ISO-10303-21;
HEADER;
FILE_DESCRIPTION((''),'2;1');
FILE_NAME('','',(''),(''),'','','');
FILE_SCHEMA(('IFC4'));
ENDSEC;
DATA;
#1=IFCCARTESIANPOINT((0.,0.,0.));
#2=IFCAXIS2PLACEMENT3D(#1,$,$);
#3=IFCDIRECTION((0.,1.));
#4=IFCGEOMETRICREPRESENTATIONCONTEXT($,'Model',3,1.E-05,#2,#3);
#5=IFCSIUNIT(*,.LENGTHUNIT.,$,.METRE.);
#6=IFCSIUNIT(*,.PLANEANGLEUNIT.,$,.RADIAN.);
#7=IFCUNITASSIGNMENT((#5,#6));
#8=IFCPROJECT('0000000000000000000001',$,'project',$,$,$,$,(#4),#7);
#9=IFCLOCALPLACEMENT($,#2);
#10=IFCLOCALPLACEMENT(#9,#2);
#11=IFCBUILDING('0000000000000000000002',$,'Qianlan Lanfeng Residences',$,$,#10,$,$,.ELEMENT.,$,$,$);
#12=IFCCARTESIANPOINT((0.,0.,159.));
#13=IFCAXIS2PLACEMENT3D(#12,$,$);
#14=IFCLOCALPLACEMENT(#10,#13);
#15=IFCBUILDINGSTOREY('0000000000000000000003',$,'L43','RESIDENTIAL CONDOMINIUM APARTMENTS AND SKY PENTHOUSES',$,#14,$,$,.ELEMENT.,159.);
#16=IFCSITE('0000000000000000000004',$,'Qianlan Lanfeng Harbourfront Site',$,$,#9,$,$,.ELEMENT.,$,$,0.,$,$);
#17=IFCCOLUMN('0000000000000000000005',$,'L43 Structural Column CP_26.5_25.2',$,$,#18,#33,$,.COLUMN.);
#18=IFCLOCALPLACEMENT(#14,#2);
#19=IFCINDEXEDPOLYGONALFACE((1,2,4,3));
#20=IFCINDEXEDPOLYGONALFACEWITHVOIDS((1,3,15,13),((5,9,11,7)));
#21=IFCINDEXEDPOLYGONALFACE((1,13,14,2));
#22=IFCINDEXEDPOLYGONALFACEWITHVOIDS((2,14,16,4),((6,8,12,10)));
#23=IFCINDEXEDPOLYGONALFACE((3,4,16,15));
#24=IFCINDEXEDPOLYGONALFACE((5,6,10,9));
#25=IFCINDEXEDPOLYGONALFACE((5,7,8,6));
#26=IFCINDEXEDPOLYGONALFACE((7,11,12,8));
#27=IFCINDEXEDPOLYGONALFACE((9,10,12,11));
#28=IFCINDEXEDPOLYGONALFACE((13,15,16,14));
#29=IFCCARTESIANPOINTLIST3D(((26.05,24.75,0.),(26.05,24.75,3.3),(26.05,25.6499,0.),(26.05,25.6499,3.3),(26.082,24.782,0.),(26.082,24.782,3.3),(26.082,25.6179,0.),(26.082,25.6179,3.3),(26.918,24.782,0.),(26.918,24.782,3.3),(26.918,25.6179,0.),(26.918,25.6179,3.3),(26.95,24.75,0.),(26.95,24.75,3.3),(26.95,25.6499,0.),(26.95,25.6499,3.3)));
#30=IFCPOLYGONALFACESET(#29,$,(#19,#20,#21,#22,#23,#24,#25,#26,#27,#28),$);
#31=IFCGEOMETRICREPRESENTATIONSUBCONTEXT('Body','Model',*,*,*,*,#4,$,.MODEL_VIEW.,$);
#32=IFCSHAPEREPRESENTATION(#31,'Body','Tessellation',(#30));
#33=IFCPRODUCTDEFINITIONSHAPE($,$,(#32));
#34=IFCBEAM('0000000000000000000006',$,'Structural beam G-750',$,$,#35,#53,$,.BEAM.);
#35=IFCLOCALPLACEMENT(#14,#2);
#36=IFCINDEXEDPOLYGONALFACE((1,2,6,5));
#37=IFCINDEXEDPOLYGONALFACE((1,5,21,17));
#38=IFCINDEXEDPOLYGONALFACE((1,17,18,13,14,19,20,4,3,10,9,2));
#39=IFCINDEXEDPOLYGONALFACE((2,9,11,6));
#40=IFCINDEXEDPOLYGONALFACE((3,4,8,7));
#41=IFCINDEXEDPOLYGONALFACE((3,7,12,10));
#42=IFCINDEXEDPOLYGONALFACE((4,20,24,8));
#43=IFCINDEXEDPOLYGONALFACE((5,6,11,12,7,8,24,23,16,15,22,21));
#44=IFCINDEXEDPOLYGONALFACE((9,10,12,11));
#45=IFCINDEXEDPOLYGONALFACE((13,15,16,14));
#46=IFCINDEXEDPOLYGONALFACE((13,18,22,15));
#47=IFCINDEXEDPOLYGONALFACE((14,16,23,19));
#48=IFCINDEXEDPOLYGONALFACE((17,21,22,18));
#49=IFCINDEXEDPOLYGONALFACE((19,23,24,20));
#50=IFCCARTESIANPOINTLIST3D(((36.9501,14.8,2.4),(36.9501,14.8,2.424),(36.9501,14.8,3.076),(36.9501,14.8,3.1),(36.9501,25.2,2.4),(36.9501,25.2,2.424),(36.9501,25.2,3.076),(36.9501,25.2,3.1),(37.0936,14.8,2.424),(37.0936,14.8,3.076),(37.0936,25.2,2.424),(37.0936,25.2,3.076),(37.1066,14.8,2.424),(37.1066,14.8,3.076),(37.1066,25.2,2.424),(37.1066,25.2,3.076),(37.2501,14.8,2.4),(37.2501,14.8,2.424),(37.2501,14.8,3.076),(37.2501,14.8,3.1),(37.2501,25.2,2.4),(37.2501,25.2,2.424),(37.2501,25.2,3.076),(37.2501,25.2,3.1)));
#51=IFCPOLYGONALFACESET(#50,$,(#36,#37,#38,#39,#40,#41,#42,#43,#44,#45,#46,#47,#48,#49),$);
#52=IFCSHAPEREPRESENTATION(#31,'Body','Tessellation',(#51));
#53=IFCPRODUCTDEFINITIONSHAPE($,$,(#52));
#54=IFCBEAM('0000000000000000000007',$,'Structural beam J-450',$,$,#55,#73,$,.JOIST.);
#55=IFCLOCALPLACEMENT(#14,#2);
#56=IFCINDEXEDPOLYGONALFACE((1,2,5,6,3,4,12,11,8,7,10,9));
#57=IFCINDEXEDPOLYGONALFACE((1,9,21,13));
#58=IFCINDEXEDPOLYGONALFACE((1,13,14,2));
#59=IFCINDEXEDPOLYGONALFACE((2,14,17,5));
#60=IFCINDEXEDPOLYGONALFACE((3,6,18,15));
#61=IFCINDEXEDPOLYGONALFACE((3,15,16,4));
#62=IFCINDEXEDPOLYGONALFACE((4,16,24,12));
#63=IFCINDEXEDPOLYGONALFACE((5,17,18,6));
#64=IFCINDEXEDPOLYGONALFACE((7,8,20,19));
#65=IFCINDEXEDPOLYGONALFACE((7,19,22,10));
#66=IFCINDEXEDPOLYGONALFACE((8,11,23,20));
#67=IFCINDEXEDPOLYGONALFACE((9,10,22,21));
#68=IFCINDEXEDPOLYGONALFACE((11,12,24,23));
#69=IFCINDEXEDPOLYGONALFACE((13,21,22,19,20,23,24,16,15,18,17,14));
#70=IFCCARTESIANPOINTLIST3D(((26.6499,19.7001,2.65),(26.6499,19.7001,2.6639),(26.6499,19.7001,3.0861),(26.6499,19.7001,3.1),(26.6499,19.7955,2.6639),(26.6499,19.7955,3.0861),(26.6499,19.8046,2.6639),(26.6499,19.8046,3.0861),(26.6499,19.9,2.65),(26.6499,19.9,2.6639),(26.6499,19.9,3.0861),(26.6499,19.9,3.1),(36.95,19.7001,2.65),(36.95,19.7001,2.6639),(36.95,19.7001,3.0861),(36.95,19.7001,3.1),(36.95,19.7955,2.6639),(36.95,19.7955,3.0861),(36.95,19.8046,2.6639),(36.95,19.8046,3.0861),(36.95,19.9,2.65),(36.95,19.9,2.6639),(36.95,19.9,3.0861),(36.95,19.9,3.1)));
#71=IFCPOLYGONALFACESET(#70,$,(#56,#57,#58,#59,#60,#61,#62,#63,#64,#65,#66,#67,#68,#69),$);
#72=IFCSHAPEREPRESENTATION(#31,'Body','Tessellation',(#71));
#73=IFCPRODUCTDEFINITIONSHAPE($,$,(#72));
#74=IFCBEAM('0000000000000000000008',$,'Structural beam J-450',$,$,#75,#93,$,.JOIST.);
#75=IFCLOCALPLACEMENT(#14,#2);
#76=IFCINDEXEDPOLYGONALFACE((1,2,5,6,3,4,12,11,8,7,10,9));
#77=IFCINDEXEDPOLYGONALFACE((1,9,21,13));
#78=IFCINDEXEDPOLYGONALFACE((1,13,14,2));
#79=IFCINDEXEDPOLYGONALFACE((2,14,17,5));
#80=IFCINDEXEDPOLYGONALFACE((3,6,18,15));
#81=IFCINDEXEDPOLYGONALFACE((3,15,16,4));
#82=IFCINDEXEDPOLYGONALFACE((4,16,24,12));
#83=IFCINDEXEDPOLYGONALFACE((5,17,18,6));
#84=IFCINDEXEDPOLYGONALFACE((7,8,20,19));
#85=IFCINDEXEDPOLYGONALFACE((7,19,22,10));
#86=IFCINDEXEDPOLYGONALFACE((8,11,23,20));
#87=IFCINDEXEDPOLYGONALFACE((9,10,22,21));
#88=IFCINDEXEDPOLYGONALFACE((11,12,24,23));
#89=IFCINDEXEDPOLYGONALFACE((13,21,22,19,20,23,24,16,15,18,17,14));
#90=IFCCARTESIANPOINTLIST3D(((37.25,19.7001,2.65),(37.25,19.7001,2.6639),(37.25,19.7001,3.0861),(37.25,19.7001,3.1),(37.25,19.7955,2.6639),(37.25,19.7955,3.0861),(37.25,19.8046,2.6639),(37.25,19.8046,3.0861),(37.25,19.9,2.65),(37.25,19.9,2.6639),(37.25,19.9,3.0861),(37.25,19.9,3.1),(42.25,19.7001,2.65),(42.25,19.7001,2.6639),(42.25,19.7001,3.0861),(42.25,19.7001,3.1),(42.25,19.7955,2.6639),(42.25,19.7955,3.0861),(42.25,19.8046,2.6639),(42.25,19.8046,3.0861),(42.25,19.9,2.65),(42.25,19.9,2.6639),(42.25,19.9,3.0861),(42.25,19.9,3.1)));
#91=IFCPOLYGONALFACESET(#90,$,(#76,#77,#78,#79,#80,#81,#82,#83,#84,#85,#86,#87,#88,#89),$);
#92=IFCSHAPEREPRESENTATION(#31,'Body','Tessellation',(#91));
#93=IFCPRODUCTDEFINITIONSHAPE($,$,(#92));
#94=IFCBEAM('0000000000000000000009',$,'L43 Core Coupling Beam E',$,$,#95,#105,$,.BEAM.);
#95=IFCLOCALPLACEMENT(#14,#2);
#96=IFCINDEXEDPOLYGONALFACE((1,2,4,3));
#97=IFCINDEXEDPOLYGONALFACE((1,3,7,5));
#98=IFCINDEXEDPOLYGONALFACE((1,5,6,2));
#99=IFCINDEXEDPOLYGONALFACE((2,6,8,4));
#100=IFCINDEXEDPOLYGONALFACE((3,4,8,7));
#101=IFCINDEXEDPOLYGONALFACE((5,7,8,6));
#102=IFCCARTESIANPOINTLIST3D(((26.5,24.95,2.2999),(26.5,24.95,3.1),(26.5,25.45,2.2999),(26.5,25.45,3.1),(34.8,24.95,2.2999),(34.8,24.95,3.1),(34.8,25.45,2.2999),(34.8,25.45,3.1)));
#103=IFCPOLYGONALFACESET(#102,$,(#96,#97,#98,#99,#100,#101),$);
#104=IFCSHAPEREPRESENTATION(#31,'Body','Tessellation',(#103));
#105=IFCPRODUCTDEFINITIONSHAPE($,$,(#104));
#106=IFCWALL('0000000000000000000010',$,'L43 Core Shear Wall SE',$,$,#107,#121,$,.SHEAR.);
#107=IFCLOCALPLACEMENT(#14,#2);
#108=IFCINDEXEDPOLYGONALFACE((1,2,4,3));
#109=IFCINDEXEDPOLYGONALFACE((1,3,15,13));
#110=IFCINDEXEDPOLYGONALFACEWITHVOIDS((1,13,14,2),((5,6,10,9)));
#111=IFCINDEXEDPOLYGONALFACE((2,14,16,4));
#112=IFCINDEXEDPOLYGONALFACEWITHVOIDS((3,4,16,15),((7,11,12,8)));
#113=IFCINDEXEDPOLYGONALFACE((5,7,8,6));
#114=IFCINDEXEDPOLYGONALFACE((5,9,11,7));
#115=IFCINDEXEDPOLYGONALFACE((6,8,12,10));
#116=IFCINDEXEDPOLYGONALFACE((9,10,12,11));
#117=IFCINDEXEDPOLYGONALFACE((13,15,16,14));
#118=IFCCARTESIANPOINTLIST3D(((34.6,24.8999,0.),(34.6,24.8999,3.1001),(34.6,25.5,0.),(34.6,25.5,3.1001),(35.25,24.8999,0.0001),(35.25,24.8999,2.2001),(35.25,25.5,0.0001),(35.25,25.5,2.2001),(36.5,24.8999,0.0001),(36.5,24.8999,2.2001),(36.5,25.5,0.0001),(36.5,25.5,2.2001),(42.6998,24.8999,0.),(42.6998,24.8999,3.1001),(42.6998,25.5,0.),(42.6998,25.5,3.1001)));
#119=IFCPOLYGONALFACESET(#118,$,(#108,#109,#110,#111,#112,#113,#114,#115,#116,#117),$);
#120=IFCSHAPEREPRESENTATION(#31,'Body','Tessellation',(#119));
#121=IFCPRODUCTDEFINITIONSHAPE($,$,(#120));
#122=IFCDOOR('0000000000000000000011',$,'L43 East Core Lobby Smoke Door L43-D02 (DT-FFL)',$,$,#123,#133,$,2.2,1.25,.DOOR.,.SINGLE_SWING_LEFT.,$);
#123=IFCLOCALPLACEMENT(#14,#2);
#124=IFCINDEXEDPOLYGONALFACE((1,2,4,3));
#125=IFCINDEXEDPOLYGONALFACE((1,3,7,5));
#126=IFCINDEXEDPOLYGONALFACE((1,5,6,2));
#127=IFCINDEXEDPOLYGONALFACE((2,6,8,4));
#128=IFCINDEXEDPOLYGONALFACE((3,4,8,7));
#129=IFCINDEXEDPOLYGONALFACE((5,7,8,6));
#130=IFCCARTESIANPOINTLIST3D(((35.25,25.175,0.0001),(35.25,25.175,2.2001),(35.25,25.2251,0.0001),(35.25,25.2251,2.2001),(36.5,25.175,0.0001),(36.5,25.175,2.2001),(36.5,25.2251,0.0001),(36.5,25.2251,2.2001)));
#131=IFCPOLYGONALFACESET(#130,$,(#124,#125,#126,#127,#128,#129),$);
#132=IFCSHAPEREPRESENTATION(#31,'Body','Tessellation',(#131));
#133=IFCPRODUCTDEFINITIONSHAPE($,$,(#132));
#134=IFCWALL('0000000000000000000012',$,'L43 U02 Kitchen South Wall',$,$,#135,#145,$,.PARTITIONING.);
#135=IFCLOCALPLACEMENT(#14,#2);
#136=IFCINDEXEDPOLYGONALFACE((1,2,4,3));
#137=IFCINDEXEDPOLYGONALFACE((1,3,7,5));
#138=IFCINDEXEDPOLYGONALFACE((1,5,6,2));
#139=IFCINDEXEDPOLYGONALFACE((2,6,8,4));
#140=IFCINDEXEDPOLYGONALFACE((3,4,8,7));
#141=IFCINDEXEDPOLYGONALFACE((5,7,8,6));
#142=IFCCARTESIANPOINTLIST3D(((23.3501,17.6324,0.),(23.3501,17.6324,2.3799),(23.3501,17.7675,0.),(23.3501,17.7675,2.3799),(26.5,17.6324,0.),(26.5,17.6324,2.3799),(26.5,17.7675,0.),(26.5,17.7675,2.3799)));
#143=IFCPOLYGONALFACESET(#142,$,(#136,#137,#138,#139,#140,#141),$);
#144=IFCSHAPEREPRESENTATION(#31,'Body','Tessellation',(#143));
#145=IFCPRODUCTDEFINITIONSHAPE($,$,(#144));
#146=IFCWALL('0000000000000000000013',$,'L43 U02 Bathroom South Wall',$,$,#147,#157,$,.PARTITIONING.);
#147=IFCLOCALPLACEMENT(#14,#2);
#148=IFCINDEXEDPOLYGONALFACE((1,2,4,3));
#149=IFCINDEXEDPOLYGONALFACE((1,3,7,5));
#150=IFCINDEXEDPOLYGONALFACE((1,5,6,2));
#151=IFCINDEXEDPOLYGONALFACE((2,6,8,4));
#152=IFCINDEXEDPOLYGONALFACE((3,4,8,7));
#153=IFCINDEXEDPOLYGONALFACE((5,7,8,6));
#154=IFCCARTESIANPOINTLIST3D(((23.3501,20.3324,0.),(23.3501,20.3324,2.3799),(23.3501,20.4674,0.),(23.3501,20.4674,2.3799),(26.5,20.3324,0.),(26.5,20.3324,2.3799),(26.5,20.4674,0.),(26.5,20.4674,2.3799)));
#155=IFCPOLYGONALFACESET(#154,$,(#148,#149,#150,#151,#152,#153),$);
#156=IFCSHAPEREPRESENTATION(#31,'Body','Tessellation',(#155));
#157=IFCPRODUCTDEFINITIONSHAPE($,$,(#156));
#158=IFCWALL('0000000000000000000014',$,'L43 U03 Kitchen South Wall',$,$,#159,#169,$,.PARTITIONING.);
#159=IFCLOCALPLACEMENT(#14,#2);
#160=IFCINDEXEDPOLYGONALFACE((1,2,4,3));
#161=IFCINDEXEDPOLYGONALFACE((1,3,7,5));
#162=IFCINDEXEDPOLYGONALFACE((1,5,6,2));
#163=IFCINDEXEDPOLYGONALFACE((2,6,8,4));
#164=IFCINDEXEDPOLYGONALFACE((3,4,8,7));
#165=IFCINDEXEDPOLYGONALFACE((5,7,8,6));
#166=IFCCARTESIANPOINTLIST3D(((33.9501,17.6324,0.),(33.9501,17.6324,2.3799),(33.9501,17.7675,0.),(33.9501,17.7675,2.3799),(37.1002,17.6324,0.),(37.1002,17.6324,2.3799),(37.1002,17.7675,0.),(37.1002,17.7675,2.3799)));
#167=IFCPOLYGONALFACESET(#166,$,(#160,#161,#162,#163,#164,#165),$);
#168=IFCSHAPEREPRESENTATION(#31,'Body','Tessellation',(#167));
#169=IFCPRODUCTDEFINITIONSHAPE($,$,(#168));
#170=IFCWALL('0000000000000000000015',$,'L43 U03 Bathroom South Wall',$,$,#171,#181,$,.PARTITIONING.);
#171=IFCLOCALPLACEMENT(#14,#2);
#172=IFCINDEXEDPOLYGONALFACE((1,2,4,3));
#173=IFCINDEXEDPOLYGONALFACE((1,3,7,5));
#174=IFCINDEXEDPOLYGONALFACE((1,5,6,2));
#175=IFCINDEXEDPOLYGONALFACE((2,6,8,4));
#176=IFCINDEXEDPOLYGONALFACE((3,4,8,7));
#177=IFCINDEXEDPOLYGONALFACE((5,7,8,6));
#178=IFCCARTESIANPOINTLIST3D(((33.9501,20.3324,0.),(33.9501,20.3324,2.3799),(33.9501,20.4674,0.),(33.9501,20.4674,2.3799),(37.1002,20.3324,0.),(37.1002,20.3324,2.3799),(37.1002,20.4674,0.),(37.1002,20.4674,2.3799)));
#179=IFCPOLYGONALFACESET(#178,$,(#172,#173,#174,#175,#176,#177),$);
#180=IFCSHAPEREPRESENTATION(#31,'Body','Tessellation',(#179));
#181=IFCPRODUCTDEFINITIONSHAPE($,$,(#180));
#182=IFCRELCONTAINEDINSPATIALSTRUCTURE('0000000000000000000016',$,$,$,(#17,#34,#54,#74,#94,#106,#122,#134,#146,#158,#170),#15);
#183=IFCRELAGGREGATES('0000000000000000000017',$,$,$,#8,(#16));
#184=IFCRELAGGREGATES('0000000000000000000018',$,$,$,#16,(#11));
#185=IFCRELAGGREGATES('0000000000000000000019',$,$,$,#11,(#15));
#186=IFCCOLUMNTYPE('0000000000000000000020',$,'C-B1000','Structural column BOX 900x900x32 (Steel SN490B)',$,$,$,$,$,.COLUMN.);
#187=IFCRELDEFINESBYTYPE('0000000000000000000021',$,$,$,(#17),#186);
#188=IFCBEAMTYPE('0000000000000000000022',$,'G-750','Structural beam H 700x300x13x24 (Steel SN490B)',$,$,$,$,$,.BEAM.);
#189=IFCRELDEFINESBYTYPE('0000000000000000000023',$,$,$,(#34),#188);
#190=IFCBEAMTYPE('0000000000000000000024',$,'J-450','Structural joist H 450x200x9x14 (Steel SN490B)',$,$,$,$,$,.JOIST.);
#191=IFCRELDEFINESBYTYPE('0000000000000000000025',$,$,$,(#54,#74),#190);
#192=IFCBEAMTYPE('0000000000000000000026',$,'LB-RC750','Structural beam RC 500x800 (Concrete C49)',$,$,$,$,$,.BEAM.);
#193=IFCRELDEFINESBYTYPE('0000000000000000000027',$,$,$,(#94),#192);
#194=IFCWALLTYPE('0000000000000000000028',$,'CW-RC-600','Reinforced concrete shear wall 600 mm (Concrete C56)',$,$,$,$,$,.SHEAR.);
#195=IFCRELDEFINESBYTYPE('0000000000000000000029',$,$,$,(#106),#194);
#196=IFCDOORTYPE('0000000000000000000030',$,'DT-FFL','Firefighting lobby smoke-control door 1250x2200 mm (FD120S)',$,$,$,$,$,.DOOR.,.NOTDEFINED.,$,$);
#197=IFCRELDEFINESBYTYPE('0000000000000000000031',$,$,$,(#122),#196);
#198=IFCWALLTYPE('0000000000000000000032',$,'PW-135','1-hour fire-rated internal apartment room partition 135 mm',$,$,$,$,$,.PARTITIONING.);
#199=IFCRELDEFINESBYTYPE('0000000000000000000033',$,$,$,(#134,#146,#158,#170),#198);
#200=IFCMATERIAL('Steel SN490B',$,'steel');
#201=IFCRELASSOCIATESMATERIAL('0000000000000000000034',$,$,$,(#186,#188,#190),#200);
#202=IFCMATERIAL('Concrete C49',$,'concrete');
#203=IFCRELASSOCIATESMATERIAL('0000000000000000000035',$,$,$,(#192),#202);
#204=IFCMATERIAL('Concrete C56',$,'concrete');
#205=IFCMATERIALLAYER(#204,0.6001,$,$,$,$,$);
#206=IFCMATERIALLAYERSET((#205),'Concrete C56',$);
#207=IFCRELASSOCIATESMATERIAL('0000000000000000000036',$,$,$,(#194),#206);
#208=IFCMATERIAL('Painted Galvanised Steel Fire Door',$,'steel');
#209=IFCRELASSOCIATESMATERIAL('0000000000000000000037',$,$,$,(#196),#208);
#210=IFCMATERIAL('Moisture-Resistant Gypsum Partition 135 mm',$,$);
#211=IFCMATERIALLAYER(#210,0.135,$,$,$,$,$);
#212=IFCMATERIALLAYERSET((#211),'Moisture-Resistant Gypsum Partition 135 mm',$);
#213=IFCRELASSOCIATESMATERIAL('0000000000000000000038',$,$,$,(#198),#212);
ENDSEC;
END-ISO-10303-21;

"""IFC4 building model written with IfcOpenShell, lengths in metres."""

from ifc_helpers import new_model, si_unit, direction, frame, frame_2d, origin, origin_2d, place, context, subcontext, project, spatial, rectangle, hollow_rectangle, i_section, extrude, material, layer, layer_set, material_profile, profile_set, type_object, element, fill, save


model = new_model("IFC4")

# Units and contexts
model_context = context("Model", 3, precision=1e-05, world=origin(), true_north=direction((0.0, 1.0)))
body_context = subcontext(model_context, "Body", "Model", "MODEL_VIEW")
ifc_project = project(units=[si_unit("LENGTHUNIT", "METRE"), si_unit("PLANEANGLEUNIT", "RADIAN")], contexts=[model_context])

# Site, building, storey
site_placement = place(None, origin())
site = spatial("IfcSite", under=ifc_project, at=site_placement, Name="Qianlan Lanfeng Harbourfront Site", CompositionType="ELEMENT", RefElevation=0.0)
building_placement = place(site_placement, origin())
building = spatial("IfcBuilding", under=site, at=building_placement, Name="Qianlan Lanfeng Residences", CompositionType="ELEMENT")
storey_placement = place(building_placement, frame((0.0, 0.0, 159.0)))
storey = spatial("IfcBuildingStorey", under=building, at=storey_placement, Name="L43", Description="RESIDENTIAL CONDOMINIUM APARTMENTS AND SKY PENTHOUSES", CompositionType="ELEMENT", Elevation=159.0)

# Column
ifc_material_1 = material(Name="Steel SN490B", Category="steel")
ifc_material_profile_1 = material_profile(ifc_material_1, hollow_rectangle(XDim=0.8999, YDim=0.8999, WallThickness=0.032, at=origin_2d()), Name="BOX 900x900x32")
ifc_profile_set_1 = profile_set([ifc_material_profile_1], Name="Steel SN490B")
column_type = type_object("IfcColumnType", Name="C-B1000", Description="Structural column BOX 900x900x32 (Steel SN490B)", PredefinedType="COLUMN", material=ifc_profile_set_1)
column_placement = place(storey_placement, frame((26.5, 25.2, 0.0), z_axis=(0.0, 0.0, 1.0), x_axis=(1.0, 0.0, 0.0)))
element("IfcColumn", 1, at=column_placement, inside=storey, type_object=column_type, Name="L43 Structural Column CP_26.5_25.2", PredefinedType="COLUMN", context=body_context, shape_type="SweptSolid", body=[
    extrude(hollow_rectangle(XDim=0.8999, YDim=0.8999, WallThickness=0.032, at=origin_2d()), origin(), (0.0, 0.0, 1.0), 3.3),
])

# Beams
ifc_material_profile_2 = material_profile(ifc_material_1, i_section(OverallWidth=0.3, OverallDepth=0.7, WebThickness=0.0129, FlangeThickness=0.0239, at=origin_2d()), Name="H 700x300x13x24")
ifc_profile_set_2 = profile_set([ifc_material_profile_2], Name="Steel SN490B")
beam_type_1 = type_object("IfcBeamType", Name="G-750", Description="Structural beam H 700x300x13x24 (Steel SN490B)", PredefinedType="BEAM", material=ifc_profile_set_2)
beam_1_placement = place(storey_placement, frame((37.1001, 14.8, 2.75), z_axis=(0.0, 1.0, 0.0), x_axis=(-1.0, 0.0, 0.0)))
element("IfcBeam", 2, at=beam_1_placement, inside=storey, type_object=beam_type_1, Name="Structural beam G-750", PredefinedType="BEAM", context=body_context, shape_type="SweptSolid", body=[
    extrude(i_section(OverallWidth=0.3, OverallDepth=0.7, WebThickness=0.0129, FlangeThickness=0.0239, at=origin_2d()), origin(), (0.0, 0.0, 1.0), 10.3999),
])
ifc_material_profile_3 = material_profile(ifc_material_1, i_section(OverallWidth=0.2, OverallDepth=0.45, WebThickness=0.009, FlangeThickness=0.0139, at=origin_2d()), Name="H 450x200x9x14")
ifc_profile_set_3 = profile_set([ifc_material_profile_3], Name="Steel SN490B")
beam_type_2 = type_object("IfcBeamType", Name="J-450", Description="Structural joist H 450x200x9x14 (Steel SN490B)", PredefinedType="JOIST", material=ifc_profile_set_3)
beam_2_placement = place(storey_placement, frame((26.6499, 19.8, 2.875), z_axis=(1.0, 0.0, 0.0), x_axis=(0.0, 1.0, 0.0)))
element("IfcBeam", 3, at=beam_2_placement, inside=storey, type_object=beam_type_2, Name="Structural beam J-450", PredefinedType="JOIST", context=body_context, shape_type="SweptSolid", body=[
    extrude(i_section(OverallWidth=0.2, OverallDepth=0.45, WebThickness=0.009, FlangeThickness=0.0139, at=origin_2d()), origin(), (0.0, 0.0, 1.0), 10.3),
])
beam_3_placement = place(storey_placement, frame((37.25, 19.8, 2.875), z_axis=(1.0, 0.0, 0.0), x_axis=(0.0, 1.0, 0.0)))
element("IfcBeam", 4, at=beam_3_placement, inside=storey, type_object=beam_type_2, Name="Structural beam J-450", PredefinedType="JOIST", context=body_context, shape_type="SweptSolid", body=[
    extrude(i_section(OverallWidth=0.2, OverallDepth=0.45, WebThickness=0.009, FlangeThickness=0.0139, at=origin_2d()), origin(), (0.0, 0.0, 1.0), 5.0),
])
ifc_material_2 = material(Name="Concrete C49", Category="concrete")
ifc_material_profile_4 = material_profile(ifc_material_2, rectangle(XDim=0.5, YDim=0.8, at=origin_2d()), Name="RC 500x800")
ifc_profile_set_4 = profile_set([ifc_material_profile_4], Name="Concrete C49")
beam_type_3 = type_object("IfcBeamType", Name="LB-RC750", Description="Structural beam RC 500x800 (Concrete C49)", PredefinedType="BEAM", material=ifc_profile_set_4)
beam_4_placement = place(storey_placement, frame((26.5, 25.2, 2.7), z_axis=(1.0, 0.0, 0.0), x_axis=(0.0, 1.0, 0.0)))
element("IfcBeam", 5, at=beam_4_placement, inside=storey, type_object=beam_type_3, Name="L43 Core Coupling Beam E", PredefinedType="BEAM", context=body_context, shape_type="SweptSolid", body=[
    extrude(rectangle(XDim=0.5, YDim=0.8, at=origin_2d()), origin(), (0.0, 0.0, 1.0), 8.3),
])

# Wall, opening, door
ifc_material_3 = material(Name="Concrete C56", Category="concrete")
ifc_layer_1 = layer(ifc_material_3, 0.6001)
ifc_layer_set_1 = layer_set([ifc_layer_1], Name="Concrete C56")
wall_type_1 = type_object("IfcWallType", Name="CW-RC-600", Description="Reinforced concrete shear wall 600 mm (Concrete C56)", PredefinedType="SHEAR", material=ifc_layer_set_1)
wall_1_placement = place(storey_placement, frame((34.6001, 25.2, 0.0), z_axis=(0.0, 0.0, 1.0), x_axis=(1.0, 0.0, 0.0)))
wall_1 = element("IfcWall", 6, at=wall_1_placement, inside=storey, type_object=wall_type_1, Name="L43 Core Shear Wall SE", PredefinedType="SHEAR", context=body_context, shape_type="SweptSolid", body=[
    extrude(rectangle(XDim=8.0999, YDim=0.6001, at=frame_2d((4.0498, 0.0))), origin(), (0.0, 0.0, 1.0), 3.1001),
])
opening_1_placement = place(wall_1_placement, frame((0.6499, 0.0, 0.0)))
opening_1 = element("IfcOpeningElement", 7, at=opening_1_placement, cuts=wall_1, PredefinedType="OPENING", context=body_context, shape_type="SweptSolid", body=[
    extrude(rectangle(XDim=1.25, YDim=2.2, at=frame_2d((0.625, 1.1001))), frame((0.0, 0.3101, 0.0), z_axis=(0.0, -1.0, 0.0), x_axis=(1.0, 0.0, 0.0)), (0.0, 0.0, 1.0), 0.6201),
])
ifc_material_4 = material(Name="Painted Galvanised Steel Fire Door", Category="steel")
door_type_1 = type_object("IfcDoorType", Name="DT-FFL", Description="Firefighting lobby smoke-control door 1250x2200 mm (FD120S)", OperationType="NOTDEFINED", PredefinedType="DOOR", material=ifc_material_4)
door_1_placement = place(opening_1_placement, frame((1.25, 0.0, 0.0), z_axis=(0.0, 0.0, 1.0), x_axis=(-1.0, 0.0, 0.0)))
door_1 = element("IfcDoor", 8, at=door_1_placement, inside=storey, type_object=door_type_1, Name="L43 East Core Lobby Smoke Door L43-D02 (DT-FFL)", OperationType="SINGLE_SWING_LEFT", OverallHeight=2.2, OverallWidth=1.25, PredefinedType="DOOR", context=body_context, shape_type="SweptSolid", body=[
    extrude(rectangle(XDim=1.25, YDim=2.2, at=frame_2d((0.625, 1.1001))), frame((0.0, 0.0249, 0.0), z_axis=(0.0, -1.0, 0.0), x_axis=(1.0, 0.0, 0.0)), (0.0, 0.0, 1.0), 0.05),
])
fill(opening_1, door_1)

# Walls
ifc_material_5 = material(Name="Moisture-Resistant Gypsum Partition 135 mm")
ifc_layer_2 = layer(ifc_material_5, 0.135)
ifc_layer_set_2 = layer_set([ifc_layer_2], Name="Moisture-Resistant Gypsum Partition 135 mm")
wall_type_2 = type_object("IfcWallType", Name="PW-135", Description="1-hour fire-rated internal apartment room partition 135 mm", PredefinedType="PARTITIONING", material=ifc_layer_set_2)
for number, where, z_axis, x_axis, name in (
    (9, (23.3501, 17.7, 0.0), (0.0, 0.0, 1.0), (1.0, 0.0, 0.0), "L43 U02 Kitchen South Wall"),
    (10, (23.3501, 20.3999, 0.0), (0.0, 0.0, 1.0), (1.0, 0.0, 0.0), "L43 U02 Bathroom South Wall"),
):
    element("IfcWall", number, at=place(storey_placement, frame(where, z_axis=z_axis, x_axis=x_axis)), inside=storey, type_object=wall_type_2, Name=name, PredefinedType="PARTITIONING", context=body_context, shape_type="SweptSolid", body=[
        extrude(rectangle(XDim=3.1499, YDim=0.135, at=frame_2d((1.575, 0.0))), origin(), (0.0, 0.0, 1.0), 2.3799),
    ])
for number, where, z_axis, x_axis, name in (
    (11, (33.95, 17.7, 0.0), (0.0, 0.0, 1.0), (1.0, 0.0, 0.0), "L43 U03 Kitchen South Wall"),
    (12, (33.95, 20.3999, 0.0), (0.0, 0.0, 1.0), (1.0, 0.0, 0.0), "L43 U03 Bathroom South Wall"),
):
    element("IfcWall", number, at=place(storey_placement, frame(where, z_axis=z_axis, x_axis=x_axis)), inside=storey, type_object=wall_type_2, Name=name, PredefinedType="PARTITIONING", context=body_context, shape_type="SweptSolid", body=[
        extrude(rectangle(XDim=3.1501, YDim=0.135, at=frame_2d((1.5752, 0.0))), origin(), (0.0, 0.0, 1.0), 2.3799),
    ])

save(model, "model.ifc")
